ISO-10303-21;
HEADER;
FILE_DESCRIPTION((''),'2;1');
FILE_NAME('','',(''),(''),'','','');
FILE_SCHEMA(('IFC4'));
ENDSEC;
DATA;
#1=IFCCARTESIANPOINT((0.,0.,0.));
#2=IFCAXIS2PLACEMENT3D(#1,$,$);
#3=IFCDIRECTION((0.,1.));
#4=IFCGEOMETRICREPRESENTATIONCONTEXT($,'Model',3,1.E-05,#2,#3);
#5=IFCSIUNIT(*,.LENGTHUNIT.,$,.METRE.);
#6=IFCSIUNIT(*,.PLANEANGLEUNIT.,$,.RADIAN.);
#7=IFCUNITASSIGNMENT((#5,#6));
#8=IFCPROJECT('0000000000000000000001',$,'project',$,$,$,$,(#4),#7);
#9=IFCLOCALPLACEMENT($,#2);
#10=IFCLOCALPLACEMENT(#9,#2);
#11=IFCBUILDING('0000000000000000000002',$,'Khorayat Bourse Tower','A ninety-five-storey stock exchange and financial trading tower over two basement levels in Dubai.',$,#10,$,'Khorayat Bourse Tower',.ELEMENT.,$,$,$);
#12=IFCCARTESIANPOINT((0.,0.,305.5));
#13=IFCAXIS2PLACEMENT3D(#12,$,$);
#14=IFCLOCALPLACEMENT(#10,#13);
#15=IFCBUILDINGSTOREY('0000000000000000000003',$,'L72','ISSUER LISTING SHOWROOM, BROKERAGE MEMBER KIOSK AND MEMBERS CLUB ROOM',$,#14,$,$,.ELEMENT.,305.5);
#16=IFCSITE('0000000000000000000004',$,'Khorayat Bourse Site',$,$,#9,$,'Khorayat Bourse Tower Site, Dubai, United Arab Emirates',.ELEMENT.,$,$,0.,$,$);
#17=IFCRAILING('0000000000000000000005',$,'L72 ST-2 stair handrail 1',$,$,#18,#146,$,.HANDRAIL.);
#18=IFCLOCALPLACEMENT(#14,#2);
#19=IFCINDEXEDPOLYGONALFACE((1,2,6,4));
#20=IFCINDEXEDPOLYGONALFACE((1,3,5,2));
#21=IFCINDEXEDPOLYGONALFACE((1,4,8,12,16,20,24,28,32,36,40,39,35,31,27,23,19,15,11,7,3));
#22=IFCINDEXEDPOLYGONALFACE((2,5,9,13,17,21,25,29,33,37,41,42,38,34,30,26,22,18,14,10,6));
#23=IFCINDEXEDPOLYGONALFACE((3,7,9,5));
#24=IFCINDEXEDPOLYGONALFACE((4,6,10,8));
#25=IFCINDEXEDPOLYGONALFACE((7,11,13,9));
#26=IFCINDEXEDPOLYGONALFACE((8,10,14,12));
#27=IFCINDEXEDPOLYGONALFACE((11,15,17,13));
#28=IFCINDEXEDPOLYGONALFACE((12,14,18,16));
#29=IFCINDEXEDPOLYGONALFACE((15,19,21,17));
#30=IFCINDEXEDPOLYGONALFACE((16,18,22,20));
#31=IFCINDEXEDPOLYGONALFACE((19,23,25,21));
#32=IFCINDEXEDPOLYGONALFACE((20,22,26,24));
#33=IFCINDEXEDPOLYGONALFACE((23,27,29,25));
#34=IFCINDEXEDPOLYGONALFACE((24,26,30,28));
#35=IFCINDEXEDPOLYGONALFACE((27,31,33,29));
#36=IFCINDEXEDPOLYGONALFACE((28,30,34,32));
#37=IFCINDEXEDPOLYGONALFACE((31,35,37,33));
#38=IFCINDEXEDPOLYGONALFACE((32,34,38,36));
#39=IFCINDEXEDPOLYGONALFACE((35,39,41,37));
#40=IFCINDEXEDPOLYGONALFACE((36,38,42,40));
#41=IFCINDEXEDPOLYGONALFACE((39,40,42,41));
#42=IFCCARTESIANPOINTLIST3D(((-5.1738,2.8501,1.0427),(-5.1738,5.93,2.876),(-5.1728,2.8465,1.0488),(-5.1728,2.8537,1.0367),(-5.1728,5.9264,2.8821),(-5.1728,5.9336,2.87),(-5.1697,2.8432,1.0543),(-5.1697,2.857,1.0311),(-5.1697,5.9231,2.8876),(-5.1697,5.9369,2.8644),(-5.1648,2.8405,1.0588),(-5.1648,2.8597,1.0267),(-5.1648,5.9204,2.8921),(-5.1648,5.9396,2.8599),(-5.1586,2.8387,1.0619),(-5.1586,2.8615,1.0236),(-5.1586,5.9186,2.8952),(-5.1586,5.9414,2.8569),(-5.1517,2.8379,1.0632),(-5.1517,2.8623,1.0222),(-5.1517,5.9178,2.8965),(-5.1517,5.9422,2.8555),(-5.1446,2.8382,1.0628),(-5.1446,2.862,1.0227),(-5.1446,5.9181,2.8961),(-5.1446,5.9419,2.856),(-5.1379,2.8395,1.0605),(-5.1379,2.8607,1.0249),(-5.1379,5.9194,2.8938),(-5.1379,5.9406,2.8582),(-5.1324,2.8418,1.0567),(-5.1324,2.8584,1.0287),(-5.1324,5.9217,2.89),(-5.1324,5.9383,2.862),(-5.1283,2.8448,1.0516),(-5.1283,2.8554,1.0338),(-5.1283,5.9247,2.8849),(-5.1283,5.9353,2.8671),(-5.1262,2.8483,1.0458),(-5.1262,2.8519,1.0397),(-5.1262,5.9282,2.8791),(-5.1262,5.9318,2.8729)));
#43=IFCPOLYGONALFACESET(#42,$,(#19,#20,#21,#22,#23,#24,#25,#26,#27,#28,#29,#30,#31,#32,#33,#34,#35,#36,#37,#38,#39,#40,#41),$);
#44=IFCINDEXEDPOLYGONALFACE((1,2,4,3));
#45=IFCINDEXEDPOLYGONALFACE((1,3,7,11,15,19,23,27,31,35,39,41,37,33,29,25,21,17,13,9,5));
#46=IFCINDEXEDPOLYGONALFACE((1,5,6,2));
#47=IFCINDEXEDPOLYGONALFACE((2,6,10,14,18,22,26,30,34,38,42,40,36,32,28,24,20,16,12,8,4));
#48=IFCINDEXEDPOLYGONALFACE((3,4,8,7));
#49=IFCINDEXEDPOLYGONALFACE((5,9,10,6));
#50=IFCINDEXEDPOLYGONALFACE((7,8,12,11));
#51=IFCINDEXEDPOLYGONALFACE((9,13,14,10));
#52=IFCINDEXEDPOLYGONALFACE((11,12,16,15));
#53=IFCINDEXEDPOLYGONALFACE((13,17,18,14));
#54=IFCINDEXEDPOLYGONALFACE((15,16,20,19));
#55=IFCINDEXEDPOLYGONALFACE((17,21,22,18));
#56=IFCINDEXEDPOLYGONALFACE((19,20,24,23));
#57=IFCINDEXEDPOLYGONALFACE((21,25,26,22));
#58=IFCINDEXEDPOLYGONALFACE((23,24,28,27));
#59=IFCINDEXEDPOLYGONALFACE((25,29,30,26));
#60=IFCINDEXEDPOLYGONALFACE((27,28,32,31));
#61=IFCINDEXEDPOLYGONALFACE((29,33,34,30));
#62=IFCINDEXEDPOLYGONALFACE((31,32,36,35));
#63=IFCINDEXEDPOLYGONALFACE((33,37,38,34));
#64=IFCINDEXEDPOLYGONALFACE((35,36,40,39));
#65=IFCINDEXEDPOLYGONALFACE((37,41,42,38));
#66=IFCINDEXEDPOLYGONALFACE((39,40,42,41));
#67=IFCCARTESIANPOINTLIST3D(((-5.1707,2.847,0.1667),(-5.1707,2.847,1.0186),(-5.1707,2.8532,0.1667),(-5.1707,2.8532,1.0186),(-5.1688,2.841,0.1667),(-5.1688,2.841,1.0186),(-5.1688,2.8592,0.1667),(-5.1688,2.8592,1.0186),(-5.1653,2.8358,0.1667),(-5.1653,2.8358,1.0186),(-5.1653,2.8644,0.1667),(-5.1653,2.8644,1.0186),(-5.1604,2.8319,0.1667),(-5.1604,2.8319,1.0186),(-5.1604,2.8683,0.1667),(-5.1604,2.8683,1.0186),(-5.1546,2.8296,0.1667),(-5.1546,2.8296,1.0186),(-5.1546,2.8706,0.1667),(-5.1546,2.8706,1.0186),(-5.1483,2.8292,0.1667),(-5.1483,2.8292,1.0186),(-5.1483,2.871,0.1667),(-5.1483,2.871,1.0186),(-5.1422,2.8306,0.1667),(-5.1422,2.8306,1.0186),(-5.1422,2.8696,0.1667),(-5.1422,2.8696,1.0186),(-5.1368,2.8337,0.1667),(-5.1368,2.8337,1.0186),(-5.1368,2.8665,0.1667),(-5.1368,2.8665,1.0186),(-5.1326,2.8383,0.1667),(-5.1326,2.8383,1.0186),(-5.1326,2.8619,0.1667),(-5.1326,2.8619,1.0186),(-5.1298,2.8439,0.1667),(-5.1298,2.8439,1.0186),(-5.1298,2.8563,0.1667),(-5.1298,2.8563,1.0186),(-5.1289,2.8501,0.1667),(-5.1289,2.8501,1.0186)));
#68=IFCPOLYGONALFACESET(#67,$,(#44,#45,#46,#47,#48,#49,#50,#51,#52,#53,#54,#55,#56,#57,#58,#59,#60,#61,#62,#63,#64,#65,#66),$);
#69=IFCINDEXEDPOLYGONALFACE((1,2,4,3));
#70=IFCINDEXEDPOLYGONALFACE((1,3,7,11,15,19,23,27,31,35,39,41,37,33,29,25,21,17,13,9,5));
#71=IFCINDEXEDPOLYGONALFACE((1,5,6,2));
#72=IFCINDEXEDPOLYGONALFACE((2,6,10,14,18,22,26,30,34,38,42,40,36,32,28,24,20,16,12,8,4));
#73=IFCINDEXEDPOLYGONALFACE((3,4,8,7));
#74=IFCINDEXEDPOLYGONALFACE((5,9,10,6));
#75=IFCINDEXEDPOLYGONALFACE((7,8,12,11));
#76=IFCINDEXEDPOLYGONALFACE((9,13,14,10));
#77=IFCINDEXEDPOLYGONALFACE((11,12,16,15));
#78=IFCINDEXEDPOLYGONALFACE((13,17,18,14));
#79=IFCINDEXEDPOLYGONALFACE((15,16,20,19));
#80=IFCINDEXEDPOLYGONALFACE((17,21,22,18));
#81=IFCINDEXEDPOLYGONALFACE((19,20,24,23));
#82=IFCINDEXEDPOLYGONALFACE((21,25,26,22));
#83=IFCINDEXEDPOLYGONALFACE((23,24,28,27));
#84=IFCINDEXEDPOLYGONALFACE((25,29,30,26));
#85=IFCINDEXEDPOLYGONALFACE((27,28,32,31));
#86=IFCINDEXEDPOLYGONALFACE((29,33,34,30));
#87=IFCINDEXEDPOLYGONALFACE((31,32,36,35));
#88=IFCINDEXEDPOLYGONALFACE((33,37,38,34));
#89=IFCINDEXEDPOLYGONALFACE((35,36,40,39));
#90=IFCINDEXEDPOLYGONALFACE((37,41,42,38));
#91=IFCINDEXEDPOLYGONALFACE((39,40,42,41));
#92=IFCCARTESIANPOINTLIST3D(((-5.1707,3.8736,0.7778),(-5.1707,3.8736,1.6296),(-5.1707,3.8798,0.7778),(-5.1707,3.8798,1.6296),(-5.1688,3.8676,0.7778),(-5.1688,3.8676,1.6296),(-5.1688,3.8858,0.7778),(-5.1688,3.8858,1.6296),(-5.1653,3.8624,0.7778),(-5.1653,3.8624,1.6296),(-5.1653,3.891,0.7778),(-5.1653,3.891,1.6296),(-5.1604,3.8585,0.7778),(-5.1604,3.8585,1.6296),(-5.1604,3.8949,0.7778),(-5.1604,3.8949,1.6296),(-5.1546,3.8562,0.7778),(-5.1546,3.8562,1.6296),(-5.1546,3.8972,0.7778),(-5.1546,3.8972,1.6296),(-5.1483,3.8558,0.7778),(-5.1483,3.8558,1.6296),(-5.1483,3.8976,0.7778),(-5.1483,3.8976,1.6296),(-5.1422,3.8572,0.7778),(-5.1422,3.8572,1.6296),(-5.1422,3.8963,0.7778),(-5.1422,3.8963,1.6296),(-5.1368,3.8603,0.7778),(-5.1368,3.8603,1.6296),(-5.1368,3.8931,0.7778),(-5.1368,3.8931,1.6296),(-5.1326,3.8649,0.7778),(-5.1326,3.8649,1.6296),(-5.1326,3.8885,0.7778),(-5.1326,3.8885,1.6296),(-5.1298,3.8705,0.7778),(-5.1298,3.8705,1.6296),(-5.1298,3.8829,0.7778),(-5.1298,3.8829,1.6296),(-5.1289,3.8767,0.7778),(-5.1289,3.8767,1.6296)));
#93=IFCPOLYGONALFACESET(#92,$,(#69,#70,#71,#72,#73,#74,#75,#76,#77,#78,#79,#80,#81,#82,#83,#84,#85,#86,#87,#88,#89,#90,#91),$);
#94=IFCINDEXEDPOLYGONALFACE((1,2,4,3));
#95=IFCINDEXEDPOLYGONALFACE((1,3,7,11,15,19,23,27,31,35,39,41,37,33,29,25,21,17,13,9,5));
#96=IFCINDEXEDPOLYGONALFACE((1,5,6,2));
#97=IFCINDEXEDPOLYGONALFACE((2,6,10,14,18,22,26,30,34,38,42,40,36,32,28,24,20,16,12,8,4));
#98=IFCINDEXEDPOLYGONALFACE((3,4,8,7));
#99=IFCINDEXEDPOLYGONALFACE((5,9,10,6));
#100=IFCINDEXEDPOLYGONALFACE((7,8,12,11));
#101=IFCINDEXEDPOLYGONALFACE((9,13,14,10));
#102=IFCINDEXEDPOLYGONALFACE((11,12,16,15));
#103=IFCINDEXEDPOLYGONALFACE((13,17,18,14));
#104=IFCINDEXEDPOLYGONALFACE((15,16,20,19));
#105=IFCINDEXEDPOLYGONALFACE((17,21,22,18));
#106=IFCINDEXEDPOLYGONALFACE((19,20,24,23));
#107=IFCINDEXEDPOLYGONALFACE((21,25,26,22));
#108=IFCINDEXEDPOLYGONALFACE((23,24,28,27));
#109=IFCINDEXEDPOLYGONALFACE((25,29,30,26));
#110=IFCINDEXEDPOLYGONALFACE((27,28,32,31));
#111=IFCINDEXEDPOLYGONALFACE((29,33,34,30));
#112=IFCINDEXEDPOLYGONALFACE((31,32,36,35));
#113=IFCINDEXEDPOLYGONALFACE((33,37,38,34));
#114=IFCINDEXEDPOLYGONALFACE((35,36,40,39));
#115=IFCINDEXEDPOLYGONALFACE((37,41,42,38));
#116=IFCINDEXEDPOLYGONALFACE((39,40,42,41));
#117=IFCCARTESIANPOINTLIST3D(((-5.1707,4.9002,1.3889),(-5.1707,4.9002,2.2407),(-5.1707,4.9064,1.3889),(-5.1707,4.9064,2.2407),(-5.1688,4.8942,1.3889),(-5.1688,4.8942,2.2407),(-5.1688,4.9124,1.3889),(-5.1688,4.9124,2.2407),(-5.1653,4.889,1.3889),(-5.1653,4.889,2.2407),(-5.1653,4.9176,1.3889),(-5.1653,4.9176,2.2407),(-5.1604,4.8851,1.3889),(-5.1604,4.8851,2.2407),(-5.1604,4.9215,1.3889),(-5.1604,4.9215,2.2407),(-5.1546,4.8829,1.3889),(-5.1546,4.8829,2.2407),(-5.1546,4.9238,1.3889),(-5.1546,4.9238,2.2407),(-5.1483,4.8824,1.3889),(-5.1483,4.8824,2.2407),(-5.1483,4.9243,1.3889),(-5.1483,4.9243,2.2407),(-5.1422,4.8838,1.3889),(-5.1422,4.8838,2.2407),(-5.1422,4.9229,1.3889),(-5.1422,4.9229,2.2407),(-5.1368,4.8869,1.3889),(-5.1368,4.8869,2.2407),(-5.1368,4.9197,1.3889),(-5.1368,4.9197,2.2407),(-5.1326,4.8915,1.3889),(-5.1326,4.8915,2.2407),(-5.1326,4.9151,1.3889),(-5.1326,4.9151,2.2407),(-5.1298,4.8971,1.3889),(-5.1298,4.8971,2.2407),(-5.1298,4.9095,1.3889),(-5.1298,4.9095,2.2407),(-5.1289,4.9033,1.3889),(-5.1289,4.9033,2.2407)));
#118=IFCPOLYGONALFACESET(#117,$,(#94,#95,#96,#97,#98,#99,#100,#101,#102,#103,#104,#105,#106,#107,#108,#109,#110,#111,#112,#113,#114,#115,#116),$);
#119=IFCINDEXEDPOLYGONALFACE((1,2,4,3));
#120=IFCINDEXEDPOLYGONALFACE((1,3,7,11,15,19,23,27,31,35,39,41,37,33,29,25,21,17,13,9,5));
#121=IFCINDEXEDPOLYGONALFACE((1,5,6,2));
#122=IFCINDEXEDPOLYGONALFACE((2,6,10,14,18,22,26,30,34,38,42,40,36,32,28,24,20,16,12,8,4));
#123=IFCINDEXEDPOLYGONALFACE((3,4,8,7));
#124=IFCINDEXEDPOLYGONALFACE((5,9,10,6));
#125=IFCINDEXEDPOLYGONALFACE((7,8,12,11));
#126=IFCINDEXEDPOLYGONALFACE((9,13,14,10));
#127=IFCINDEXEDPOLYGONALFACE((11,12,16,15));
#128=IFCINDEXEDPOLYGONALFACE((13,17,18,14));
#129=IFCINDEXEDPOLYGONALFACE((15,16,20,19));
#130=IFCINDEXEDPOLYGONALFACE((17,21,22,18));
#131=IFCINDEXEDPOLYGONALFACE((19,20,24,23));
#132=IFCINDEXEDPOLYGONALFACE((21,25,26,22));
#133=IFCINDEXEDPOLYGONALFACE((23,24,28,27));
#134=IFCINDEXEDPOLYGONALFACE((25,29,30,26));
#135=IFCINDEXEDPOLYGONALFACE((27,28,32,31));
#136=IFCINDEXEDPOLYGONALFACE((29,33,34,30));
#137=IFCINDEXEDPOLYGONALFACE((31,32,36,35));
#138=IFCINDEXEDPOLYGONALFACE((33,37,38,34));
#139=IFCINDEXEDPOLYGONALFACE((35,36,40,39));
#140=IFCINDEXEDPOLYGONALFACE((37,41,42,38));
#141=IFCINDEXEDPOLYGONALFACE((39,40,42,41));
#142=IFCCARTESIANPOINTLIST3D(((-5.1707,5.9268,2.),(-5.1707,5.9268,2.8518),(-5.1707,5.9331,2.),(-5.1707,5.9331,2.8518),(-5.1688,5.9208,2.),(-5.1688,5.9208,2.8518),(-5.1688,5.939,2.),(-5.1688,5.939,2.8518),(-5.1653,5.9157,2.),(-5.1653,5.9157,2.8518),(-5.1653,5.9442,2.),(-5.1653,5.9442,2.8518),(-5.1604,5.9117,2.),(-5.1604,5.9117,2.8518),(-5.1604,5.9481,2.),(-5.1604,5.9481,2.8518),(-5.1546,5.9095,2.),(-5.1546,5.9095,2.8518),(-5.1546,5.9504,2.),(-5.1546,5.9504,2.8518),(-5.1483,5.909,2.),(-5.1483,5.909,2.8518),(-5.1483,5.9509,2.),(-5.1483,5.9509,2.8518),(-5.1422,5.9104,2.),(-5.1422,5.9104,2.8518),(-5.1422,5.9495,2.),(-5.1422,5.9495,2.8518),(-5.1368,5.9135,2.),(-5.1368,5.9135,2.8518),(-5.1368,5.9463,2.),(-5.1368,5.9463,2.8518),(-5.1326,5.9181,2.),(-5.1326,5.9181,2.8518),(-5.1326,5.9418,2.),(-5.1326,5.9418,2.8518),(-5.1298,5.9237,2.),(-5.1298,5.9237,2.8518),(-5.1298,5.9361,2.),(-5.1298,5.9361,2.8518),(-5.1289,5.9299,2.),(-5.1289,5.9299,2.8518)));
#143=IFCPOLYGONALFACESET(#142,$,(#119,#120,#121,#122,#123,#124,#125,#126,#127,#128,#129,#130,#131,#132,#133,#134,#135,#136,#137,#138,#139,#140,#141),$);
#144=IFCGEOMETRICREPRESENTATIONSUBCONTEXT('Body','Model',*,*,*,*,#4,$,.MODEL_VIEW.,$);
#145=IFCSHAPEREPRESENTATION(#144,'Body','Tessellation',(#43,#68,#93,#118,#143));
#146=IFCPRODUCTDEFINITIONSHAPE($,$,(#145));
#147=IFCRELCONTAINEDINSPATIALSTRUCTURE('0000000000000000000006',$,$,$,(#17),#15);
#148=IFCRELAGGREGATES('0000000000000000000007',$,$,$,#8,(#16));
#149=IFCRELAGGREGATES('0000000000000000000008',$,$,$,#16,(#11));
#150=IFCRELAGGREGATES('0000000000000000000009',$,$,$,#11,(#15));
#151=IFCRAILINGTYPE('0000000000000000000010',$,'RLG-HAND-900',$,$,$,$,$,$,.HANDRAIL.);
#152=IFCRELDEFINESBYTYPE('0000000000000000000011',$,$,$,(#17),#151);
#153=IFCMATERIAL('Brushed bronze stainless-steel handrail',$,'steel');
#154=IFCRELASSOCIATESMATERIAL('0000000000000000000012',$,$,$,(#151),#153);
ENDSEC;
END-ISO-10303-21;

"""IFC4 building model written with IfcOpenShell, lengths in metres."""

from ifc_helpers import new_model, si_unit, direction, frame, origin, origin_2d, place, context, subcontext, project, spatial, circle, extrude, source, transform, mapped, material, type_object, element, save


model = new_model("IFC4")

# Units and contexts
model_context = context("Model", 3, precision=1e-05, world=origin(), true_north=direction((0.0, 1.0)))
body_context = subcontext(model_context, "Body", "Model", "MODEL_VIEW")
ifc_project = project(units=[si_unit("LENGTHUNIT", "METRE"), si_unit("PLANEANGLEUNIT", "RADIAN")], contexts=[model_context])

# Site, building, storey
site_placement = place(None, origin())
site = spatial("IfcSite", under=ifc_project, at=site_placement, Name="Khorayat Bourse Site", LongName="Khorayat Bourse Tower Site, Dubai, United Arab Emirates", CompositionType="ELEMENT", RefElevation=0.0)
building_placement = place(site_placement, origin())
building = spatial("IfcBuilding", under=site, at=building_placement, Name="Khorayat Bourse Tower", Description="A ninety-five-storey stock exchange and financial trading tower over two basement levels in Dubai.", LongName="Khorayat Bourse Tower", CompositionType="ELEMENT")
storey_placement = place(building_placement, frame((0.0, 0.0, 305.5)))
storey = spatial("IfcBuildingStorey", under=building, at=storey_placement, Name="L72", Description="ISSUER LISTING SHOWROOM, BROKERAGE MEMBER KIOSK AND MEMBERS CLUB ROOM", CompositionType="ELEMENT", Elevation=305.5)

# Railing
ifc_material_1 = material(Name="Brushed bronze stainless-steel handrail", Category="steel")
railing_type_1 = type_object("IfcRailingType", Name="RLG-HAND-900", PredefinedType="HANDRAIL", material=ifc_material_1)
shared_shape_1 = source(origin(), body_context, "Body", "SweptSolid", [
    extrude(circle(Radius=0.0239, at=origin_2d()), frame((0.0, 0.0, 0.876), z_axis=(0.0, 0.859291, 0.511487), x_axis=(-1.0, 0.0, 0.0)), (0.0, 0.0, 1.0), 3.5842),
    extrude(circle(Radius=0.021, at=origin_2d()), origin(), (0.0, 0.0, 1.0), 0.8518),
    extrude(circle(Radius=0.021, at=origin_2d()), frame((0.0, 1.0266, 0.6111)), (0.0, 0.0, 1.0), 0.8518),
    extrude(circle(Radius=0.021, at=origin_2d()), frame((0.0, 2.0532, 1.2222)), (0.0, 0.0, 1.0), 0.8518),
    extrude(circle(Radius=0.021, at=origin_2d()), frame((0.0, 3.0798, 1.8333)), (0.0, 0.0, 1.0), 0.8518),
])
railing_1_placement = place(storey_placement, frame((-5.1499, 2.8501, 0.1667)))
element("IfcRailing", 1, at=railing_1_placement, inside=storey, type_object=railing_type_1, Name="L72 ST-2 stair handrail 1", PredefinedType="HANDRAIL", context=body_context, shape_type="MappedRepresentation", body=[
    mapped(shared_shape_1, transform((0.0, 0.0, 0.0), scale=1.0)),
])

save(model, "model.ifc")
